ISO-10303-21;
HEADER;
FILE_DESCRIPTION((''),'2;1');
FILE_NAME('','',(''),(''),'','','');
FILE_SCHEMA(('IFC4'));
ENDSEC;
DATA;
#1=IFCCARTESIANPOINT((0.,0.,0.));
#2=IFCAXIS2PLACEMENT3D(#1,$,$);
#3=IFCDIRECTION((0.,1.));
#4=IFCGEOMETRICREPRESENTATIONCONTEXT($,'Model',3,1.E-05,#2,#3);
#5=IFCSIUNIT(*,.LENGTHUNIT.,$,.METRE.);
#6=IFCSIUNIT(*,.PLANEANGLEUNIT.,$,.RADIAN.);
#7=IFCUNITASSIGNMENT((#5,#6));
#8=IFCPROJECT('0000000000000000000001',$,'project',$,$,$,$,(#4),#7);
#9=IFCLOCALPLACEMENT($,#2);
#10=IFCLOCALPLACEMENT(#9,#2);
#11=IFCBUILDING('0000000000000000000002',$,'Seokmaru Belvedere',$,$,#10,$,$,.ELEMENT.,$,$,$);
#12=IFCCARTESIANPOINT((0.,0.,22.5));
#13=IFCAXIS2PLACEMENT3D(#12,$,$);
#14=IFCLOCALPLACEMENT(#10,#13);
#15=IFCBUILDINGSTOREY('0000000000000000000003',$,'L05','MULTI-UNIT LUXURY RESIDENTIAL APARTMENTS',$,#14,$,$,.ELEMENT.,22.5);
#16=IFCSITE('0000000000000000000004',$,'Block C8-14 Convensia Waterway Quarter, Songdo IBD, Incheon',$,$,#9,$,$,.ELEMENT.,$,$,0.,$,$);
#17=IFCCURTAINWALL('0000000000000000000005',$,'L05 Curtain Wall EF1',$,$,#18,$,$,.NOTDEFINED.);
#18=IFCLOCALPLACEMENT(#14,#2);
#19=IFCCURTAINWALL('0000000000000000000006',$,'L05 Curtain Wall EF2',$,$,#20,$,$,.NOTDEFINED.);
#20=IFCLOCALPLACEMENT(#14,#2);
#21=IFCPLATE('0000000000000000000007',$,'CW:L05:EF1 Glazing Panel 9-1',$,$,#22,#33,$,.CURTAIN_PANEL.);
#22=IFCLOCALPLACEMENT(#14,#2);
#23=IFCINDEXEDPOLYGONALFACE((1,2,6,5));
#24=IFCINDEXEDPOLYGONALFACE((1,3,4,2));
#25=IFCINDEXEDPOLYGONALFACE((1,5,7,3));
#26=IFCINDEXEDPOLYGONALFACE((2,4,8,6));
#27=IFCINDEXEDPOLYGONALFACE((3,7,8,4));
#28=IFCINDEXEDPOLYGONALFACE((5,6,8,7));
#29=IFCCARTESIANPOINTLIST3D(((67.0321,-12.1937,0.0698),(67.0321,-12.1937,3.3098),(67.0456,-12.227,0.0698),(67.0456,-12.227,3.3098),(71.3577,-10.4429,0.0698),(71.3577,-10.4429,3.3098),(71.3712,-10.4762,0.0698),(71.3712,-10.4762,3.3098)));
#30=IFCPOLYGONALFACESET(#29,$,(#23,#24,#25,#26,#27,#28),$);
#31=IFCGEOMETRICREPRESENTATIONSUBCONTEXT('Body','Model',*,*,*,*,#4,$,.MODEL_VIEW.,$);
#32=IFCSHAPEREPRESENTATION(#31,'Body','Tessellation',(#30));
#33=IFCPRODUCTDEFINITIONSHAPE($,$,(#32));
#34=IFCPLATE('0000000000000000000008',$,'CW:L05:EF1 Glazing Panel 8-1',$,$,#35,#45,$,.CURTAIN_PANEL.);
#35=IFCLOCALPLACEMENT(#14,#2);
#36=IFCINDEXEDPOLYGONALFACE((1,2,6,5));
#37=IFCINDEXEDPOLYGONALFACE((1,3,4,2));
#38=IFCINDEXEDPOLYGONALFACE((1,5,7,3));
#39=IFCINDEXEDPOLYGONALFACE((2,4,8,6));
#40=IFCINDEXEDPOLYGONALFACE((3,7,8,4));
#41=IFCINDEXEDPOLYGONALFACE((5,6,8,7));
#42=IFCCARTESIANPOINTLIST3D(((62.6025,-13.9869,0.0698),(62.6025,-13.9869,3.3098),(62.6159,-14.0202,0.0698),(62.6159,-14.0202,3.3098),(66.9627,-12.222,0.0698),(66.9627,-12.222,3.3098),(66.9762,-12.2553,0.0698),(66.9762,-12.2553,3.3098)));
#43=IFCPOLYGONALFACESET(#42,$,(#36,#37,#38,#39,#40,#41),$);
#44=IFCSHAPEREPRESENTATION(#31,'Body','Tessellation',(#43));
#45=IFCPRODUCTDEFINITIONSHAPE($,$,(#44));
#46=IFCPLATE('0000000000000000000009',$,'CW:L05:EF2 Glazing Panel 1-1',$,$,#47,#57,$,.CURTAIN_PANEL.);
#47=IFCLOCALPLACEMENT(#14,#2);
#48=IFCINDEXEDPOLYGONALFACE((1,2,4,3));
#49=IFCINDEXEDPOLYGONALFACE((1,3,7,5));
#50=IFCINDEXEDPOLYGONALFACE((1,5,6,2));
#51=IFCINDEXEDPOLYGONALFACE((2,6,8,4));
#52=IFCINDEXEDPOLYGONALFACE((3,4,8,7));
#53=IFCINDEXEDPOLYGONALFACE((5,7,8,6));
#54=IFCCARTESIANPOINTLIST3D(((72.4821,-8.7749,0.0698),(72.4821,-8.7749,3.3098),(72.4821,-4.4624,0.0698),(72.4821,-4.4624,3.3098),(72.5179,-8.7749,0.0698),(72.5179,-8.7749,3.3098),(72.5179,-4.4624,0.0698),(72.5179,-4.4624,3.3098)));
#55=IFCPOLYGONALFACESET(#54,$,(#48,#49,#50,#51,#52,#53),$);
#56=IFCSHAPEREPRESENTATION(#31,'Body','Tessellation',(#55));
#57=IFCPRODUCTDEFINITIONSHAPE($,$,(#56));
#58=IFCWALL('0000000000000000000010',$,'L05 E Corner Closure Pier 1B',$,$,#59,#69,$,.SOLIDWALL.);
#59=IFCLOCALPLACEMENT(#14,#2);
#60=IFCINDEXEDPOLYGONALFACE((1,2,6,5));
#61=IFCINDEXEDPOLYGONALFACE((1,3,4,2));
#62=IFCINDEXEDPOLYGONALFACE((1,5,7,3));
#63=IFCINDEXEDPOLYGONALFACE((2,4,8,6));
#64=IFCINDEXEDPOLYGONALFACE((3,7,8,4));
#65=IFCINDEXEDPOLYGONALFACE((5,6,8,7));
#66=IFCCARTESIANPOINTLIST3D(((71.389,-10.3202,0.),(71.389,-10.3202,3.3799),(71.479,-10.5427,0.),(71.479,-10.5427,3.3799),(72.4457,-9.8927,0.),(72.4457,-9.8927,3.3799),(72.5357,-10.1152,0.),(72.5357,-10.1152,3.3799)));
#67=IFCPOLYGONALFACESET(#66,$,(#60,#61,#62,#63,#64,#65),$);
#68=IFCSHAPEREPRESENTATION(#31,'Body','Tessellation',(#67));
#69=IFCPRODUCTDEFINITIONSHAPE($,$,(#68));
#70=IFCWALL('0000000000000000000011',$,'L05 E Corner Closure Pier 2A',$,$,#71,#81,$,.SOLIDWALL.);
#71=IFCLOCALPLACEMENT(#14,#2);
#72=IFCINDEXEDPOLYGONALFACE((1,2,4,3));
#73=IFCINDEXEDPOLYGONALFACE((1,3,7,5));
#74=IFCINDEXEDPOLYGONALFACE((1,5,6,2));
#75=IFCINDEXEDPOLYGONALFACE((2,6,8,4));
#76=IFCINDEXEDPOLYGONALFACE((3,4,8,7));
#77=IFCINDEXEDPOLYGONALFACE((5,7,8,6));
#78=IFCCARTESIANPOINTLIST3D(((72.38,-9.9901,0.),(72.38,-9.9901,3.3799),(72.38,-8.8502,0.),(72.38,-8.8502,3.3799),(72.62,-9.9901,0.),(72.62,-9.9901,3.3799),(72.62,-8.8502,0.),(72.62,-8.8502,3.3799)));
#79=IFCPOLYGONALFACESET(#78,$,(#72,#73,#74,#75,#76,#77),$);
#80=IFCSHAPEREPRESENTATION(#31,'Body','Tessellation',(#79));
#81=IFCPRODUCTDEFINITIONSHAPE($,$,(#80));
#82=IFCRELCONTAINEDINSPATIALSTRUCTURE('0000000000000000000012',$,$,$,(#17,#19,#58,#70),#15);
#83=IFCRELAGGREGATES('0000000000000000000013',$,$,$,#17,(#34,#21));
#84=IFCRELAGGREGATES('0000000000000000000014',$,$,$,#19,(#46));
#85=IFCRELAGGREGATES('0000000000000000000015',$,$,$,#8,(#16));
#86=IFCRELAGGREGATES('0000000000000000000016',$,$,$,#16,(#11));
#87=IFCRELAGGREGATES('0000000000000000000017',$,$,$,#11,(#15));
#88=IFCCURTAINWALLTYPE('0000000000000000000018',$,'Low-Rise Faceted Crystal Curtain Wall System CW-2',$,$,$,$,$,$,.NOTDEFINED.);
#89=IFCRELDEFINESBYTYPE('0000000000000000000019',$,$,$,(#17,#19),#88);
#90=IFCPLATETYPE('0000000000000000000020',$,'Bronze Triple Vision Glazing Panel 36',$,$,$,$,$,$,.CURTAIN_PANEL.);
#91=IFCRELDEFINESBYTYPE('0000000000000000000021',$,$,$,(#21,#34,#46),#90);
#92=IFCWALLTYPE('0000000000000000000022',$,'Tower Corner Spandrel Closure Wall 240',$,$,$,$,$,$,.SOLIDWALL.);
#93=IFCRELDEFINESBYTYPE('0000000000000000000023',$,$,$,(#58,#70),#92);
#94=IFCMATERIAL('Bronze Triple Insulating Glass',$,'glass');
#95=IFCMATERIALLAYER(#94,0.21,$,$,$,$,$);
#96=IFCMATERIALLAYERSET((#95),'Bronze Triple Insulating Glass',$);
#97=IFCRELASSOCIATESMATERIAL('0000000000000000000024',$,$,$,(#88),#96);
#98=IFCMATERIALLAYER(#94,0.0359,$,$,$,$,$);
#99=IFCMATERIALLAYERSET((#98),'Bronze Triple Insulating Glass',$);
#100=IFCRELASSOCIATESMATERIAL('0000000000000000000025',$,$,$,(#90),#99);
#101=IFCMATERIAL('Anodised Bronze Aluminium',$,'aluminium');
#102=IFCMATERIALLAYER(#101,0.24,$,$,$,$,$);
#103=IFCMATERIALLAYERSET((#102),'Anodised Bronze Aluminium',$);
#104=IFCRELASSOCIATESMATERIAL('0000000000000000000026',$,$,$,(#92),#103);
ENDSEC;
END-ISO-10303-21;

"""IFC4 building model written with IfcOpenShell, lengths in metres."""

from ifc_helpers import new_model, si_unit, direction, frame, frame_2d, origin, origin_2d, place, context, subcontext, project, spatial, rectangle, extrude, source, transform, mapped, material, layer, layer_set, type_object, type_shapes, element, aggregate, save


model = new_model("IFC4")

# Units and contexts
model_context = context("Model", 3, precision=1e-05, world=origin(), true_north=direction((0.0, 1.0)))
body_context = subcontext(model_context, "Body", "Model", "MODEL_VIEW")
ifc_project = project(units=[si_unit("LENGTHUNIT", "METRE"), si_unit("PLANEANGLEUNIT", "RADIAN")], contexts=[model_context])

# Site, building, storey
site_placement = place(None, origin())
site = spatial("IfcSite", under=ifc_project, at=site_placement, Name="Block C8-14 Convensia Waterway Quarter, Songdo IBD, Incheon", CompositionType="ELEMENT", RefElevation=0.0)
building_placement = place(site_placement, origin())
building = spatial("IfcBuilding", under=site, at=building_placement, Name="Seokmaru Belvedere", CompositionType="ELEMENT")
storey_placement = place(building_placement, frame((0.0, 0.0, 22.5)))
storey = spatial("IfcBuildingStorey", under=building, at=storey_placement, Name="L05", Description="MULTI-UNIT LUXURY RESIDENTIAL APARTMENTS", CompositionType="ELEMENT", Elevation=22.5)

# Curtain walls
ifc_material_1 = material(Name="Bronze Triple Insulating Glass", Category="glass")
ifc_layer_1 = layer(ifc_material_1, 0.21)
ifc_layer_set_1 = layer_set([ifc_layer_1], Name="Bronze Triple Insulating Glass")
curtain_wall_type = type_object("IfcCurtainWallType", Name="Low-Rise Faceted Crystal Curtain Wall System CW-2", PredefinedType="NOTDEFINED", material=ifc_layer_set_1)
curtain_wall_1_placement = place(storey_placement, origin())
curtain_wall_1 = element("IfcCurtainWall", 1, at=curtain_wall_1_placement, inside=storey, type_object=curtain_wall_type, Name="L05 Curtain Wall EF1", PredefinedType="NOTDEFINED")
ifc_material_2 = material(Name="Anodised Bronze Aluminium", Category="aluminium")
curtain_wall_2_placement = place(storey_placement, origin())
curtain_wall_2 = element("IfcCurtainWall", 2, at=curtain_wall_2_placement, inside=storey, type_object=curtain_wall_type, Name="L05 Curtain Wall EF2", PredefinedType="NOTDEFINED")

# Plates
ifc_layer_2 = layer(ifc_material_1, 0.0359)
ifc_layer_set_2 = layer_set([ifc_layer_2], Name="Bronze Triple Insulating Glass")
plate_type = type_object("IfcPlateType", Name="Bronze Triple Vision Glazing Panel 36", PredefinedType="CURTAIN_PANEL", material=ifc_layer_set_2)
shared_shape_1 = source(origin(), body_context, "Body", "SweptSolid", [
    extrude(rectangle(XDim=4.6665, YDim=0.0359, at=origin_2d()), origin(), (0.0, 0.0, 1.0), 3.24),
])
plate_1_placement = place(storey_placement, frame((69.2017, -11.335, 0.0698), z_axis=(0.0, 0.0, 1.0), x_axis=(0.926947, 0.375192, 0.0)))
plate_1 = element("IfcPlate", 3, at=plate_1_placement, type_object=plate_type, Name="CW:L05:EF1 Glazing Panel 9-1", PredefinedType="CURTAIN_PANEL", context=body_context, shape_type="MappedRepresentation", body=[
    mapped(shared_shape_1, transform((0.0, 0.0, 0.0), scale=1.0)),
])
shared_shape_2 = source(origin(), body_context, "Body", "SweptSolid", [
    extrude(rectangle(XDim=4.7039, YDim=0.0359, at=origin_2d()), origin(), (0.0, 0.0, 1.0), 3.24),
])
plate_2_placement = place(storey_placement, frame((64.7893, -13.1211, 0.0698), z_axis=(0.0, 0.0, 1.0), x_axis=(0.926947, 0.375192, 0.0)))
plate_2 = element("IfcPlate", 4, at=plate_2_placement, type_object=plate_type, Name="CW:L05:EF1 Glazing Panel 8-1", PredefinedType="CURTAIN_PANEL", context=body_context, shape_type="MappedRepresentation", body=[
    mapped(shared_shape_2, transform((0.0, 0.0, 0.0), scale=1.0)),
])
aggregate(curtain_wall_1, [plate_2, plate_1])
shared_shape_3 = source(origin(), body_context, "Body", "SweptSolid", [
    extrude(rectangle(XDim=4.3125, YDim=0.0359, at=origin_2d()), origin(), (0.0, 0.0, 1.0), 3.24),
])
type_shapes(plate_type, [shared_shape_1, shared_shape_2, shared_shape_3])
plate_3_placement = place(storey_placement, frame((72.5, -6.6187, 0.0698), z_axis=(0.0, 0.0, 1.0), x_axis=(0.0, 1.0, 0.0)))
plate_3 = element("IfcPlate", 5, at=plate_3_placement, type_object=plate_type, Name="CW:L05:EF2 Glazing Panel 1-1", PredefinedType="CURTAIN_PANEL", context=body_context, shape_type="MappedRepresentation", body=[
    mapped(shared_shape_3, transform((0.0, 0.0, 0.0), scale=1.0)),
])
aggregate(curtain_wall_2, [plate_3])

# Walls
ifc_layer_3 = layer(ifc_material_2, 0.24)
ifc_layer_set_3 = layer_set([ifc_layer_3], Name="Anodised Bronze Aluminium")
wall_type = type_object("IfcWallType", Name="Tower Corner Spandrel Closure Wall 240", PredefinedType="SOLIDWALL", material=ifc_layer_set_3)
for number, where, z_axis, x_axis, name in (
    (6, (71.4341, -10.4314, 0.0), (0.0, 0.0, 1.0), (0.927007, 0.375044, 0.0), "L05 E Corner Closure Pier 1B"),
    (7, (72.5, -9.99, 0.0), (0.0, 0.0, 1.0), (0.0, 1.0, 0.0), "L05 E Corner Closure Pier 2A"),
):
    element("IfcWall", number, at=place(storey_placement, frame(where, z_axis=z_axis, x_axis=x_axis)), inside=storey, type_object=wall_type, Name=name, PredefinedType="SOLIDWALL", context=body_context, shape_type="SweptSolid", body=[
        extrude(rectangle(XDim=1.1399, YDim=0.24, at=frame_2d((0.5698, 0.0))), origin(), (0.0, 0.0, 1.0), 3.3799),
    ])

save(model, "model.ifc")
